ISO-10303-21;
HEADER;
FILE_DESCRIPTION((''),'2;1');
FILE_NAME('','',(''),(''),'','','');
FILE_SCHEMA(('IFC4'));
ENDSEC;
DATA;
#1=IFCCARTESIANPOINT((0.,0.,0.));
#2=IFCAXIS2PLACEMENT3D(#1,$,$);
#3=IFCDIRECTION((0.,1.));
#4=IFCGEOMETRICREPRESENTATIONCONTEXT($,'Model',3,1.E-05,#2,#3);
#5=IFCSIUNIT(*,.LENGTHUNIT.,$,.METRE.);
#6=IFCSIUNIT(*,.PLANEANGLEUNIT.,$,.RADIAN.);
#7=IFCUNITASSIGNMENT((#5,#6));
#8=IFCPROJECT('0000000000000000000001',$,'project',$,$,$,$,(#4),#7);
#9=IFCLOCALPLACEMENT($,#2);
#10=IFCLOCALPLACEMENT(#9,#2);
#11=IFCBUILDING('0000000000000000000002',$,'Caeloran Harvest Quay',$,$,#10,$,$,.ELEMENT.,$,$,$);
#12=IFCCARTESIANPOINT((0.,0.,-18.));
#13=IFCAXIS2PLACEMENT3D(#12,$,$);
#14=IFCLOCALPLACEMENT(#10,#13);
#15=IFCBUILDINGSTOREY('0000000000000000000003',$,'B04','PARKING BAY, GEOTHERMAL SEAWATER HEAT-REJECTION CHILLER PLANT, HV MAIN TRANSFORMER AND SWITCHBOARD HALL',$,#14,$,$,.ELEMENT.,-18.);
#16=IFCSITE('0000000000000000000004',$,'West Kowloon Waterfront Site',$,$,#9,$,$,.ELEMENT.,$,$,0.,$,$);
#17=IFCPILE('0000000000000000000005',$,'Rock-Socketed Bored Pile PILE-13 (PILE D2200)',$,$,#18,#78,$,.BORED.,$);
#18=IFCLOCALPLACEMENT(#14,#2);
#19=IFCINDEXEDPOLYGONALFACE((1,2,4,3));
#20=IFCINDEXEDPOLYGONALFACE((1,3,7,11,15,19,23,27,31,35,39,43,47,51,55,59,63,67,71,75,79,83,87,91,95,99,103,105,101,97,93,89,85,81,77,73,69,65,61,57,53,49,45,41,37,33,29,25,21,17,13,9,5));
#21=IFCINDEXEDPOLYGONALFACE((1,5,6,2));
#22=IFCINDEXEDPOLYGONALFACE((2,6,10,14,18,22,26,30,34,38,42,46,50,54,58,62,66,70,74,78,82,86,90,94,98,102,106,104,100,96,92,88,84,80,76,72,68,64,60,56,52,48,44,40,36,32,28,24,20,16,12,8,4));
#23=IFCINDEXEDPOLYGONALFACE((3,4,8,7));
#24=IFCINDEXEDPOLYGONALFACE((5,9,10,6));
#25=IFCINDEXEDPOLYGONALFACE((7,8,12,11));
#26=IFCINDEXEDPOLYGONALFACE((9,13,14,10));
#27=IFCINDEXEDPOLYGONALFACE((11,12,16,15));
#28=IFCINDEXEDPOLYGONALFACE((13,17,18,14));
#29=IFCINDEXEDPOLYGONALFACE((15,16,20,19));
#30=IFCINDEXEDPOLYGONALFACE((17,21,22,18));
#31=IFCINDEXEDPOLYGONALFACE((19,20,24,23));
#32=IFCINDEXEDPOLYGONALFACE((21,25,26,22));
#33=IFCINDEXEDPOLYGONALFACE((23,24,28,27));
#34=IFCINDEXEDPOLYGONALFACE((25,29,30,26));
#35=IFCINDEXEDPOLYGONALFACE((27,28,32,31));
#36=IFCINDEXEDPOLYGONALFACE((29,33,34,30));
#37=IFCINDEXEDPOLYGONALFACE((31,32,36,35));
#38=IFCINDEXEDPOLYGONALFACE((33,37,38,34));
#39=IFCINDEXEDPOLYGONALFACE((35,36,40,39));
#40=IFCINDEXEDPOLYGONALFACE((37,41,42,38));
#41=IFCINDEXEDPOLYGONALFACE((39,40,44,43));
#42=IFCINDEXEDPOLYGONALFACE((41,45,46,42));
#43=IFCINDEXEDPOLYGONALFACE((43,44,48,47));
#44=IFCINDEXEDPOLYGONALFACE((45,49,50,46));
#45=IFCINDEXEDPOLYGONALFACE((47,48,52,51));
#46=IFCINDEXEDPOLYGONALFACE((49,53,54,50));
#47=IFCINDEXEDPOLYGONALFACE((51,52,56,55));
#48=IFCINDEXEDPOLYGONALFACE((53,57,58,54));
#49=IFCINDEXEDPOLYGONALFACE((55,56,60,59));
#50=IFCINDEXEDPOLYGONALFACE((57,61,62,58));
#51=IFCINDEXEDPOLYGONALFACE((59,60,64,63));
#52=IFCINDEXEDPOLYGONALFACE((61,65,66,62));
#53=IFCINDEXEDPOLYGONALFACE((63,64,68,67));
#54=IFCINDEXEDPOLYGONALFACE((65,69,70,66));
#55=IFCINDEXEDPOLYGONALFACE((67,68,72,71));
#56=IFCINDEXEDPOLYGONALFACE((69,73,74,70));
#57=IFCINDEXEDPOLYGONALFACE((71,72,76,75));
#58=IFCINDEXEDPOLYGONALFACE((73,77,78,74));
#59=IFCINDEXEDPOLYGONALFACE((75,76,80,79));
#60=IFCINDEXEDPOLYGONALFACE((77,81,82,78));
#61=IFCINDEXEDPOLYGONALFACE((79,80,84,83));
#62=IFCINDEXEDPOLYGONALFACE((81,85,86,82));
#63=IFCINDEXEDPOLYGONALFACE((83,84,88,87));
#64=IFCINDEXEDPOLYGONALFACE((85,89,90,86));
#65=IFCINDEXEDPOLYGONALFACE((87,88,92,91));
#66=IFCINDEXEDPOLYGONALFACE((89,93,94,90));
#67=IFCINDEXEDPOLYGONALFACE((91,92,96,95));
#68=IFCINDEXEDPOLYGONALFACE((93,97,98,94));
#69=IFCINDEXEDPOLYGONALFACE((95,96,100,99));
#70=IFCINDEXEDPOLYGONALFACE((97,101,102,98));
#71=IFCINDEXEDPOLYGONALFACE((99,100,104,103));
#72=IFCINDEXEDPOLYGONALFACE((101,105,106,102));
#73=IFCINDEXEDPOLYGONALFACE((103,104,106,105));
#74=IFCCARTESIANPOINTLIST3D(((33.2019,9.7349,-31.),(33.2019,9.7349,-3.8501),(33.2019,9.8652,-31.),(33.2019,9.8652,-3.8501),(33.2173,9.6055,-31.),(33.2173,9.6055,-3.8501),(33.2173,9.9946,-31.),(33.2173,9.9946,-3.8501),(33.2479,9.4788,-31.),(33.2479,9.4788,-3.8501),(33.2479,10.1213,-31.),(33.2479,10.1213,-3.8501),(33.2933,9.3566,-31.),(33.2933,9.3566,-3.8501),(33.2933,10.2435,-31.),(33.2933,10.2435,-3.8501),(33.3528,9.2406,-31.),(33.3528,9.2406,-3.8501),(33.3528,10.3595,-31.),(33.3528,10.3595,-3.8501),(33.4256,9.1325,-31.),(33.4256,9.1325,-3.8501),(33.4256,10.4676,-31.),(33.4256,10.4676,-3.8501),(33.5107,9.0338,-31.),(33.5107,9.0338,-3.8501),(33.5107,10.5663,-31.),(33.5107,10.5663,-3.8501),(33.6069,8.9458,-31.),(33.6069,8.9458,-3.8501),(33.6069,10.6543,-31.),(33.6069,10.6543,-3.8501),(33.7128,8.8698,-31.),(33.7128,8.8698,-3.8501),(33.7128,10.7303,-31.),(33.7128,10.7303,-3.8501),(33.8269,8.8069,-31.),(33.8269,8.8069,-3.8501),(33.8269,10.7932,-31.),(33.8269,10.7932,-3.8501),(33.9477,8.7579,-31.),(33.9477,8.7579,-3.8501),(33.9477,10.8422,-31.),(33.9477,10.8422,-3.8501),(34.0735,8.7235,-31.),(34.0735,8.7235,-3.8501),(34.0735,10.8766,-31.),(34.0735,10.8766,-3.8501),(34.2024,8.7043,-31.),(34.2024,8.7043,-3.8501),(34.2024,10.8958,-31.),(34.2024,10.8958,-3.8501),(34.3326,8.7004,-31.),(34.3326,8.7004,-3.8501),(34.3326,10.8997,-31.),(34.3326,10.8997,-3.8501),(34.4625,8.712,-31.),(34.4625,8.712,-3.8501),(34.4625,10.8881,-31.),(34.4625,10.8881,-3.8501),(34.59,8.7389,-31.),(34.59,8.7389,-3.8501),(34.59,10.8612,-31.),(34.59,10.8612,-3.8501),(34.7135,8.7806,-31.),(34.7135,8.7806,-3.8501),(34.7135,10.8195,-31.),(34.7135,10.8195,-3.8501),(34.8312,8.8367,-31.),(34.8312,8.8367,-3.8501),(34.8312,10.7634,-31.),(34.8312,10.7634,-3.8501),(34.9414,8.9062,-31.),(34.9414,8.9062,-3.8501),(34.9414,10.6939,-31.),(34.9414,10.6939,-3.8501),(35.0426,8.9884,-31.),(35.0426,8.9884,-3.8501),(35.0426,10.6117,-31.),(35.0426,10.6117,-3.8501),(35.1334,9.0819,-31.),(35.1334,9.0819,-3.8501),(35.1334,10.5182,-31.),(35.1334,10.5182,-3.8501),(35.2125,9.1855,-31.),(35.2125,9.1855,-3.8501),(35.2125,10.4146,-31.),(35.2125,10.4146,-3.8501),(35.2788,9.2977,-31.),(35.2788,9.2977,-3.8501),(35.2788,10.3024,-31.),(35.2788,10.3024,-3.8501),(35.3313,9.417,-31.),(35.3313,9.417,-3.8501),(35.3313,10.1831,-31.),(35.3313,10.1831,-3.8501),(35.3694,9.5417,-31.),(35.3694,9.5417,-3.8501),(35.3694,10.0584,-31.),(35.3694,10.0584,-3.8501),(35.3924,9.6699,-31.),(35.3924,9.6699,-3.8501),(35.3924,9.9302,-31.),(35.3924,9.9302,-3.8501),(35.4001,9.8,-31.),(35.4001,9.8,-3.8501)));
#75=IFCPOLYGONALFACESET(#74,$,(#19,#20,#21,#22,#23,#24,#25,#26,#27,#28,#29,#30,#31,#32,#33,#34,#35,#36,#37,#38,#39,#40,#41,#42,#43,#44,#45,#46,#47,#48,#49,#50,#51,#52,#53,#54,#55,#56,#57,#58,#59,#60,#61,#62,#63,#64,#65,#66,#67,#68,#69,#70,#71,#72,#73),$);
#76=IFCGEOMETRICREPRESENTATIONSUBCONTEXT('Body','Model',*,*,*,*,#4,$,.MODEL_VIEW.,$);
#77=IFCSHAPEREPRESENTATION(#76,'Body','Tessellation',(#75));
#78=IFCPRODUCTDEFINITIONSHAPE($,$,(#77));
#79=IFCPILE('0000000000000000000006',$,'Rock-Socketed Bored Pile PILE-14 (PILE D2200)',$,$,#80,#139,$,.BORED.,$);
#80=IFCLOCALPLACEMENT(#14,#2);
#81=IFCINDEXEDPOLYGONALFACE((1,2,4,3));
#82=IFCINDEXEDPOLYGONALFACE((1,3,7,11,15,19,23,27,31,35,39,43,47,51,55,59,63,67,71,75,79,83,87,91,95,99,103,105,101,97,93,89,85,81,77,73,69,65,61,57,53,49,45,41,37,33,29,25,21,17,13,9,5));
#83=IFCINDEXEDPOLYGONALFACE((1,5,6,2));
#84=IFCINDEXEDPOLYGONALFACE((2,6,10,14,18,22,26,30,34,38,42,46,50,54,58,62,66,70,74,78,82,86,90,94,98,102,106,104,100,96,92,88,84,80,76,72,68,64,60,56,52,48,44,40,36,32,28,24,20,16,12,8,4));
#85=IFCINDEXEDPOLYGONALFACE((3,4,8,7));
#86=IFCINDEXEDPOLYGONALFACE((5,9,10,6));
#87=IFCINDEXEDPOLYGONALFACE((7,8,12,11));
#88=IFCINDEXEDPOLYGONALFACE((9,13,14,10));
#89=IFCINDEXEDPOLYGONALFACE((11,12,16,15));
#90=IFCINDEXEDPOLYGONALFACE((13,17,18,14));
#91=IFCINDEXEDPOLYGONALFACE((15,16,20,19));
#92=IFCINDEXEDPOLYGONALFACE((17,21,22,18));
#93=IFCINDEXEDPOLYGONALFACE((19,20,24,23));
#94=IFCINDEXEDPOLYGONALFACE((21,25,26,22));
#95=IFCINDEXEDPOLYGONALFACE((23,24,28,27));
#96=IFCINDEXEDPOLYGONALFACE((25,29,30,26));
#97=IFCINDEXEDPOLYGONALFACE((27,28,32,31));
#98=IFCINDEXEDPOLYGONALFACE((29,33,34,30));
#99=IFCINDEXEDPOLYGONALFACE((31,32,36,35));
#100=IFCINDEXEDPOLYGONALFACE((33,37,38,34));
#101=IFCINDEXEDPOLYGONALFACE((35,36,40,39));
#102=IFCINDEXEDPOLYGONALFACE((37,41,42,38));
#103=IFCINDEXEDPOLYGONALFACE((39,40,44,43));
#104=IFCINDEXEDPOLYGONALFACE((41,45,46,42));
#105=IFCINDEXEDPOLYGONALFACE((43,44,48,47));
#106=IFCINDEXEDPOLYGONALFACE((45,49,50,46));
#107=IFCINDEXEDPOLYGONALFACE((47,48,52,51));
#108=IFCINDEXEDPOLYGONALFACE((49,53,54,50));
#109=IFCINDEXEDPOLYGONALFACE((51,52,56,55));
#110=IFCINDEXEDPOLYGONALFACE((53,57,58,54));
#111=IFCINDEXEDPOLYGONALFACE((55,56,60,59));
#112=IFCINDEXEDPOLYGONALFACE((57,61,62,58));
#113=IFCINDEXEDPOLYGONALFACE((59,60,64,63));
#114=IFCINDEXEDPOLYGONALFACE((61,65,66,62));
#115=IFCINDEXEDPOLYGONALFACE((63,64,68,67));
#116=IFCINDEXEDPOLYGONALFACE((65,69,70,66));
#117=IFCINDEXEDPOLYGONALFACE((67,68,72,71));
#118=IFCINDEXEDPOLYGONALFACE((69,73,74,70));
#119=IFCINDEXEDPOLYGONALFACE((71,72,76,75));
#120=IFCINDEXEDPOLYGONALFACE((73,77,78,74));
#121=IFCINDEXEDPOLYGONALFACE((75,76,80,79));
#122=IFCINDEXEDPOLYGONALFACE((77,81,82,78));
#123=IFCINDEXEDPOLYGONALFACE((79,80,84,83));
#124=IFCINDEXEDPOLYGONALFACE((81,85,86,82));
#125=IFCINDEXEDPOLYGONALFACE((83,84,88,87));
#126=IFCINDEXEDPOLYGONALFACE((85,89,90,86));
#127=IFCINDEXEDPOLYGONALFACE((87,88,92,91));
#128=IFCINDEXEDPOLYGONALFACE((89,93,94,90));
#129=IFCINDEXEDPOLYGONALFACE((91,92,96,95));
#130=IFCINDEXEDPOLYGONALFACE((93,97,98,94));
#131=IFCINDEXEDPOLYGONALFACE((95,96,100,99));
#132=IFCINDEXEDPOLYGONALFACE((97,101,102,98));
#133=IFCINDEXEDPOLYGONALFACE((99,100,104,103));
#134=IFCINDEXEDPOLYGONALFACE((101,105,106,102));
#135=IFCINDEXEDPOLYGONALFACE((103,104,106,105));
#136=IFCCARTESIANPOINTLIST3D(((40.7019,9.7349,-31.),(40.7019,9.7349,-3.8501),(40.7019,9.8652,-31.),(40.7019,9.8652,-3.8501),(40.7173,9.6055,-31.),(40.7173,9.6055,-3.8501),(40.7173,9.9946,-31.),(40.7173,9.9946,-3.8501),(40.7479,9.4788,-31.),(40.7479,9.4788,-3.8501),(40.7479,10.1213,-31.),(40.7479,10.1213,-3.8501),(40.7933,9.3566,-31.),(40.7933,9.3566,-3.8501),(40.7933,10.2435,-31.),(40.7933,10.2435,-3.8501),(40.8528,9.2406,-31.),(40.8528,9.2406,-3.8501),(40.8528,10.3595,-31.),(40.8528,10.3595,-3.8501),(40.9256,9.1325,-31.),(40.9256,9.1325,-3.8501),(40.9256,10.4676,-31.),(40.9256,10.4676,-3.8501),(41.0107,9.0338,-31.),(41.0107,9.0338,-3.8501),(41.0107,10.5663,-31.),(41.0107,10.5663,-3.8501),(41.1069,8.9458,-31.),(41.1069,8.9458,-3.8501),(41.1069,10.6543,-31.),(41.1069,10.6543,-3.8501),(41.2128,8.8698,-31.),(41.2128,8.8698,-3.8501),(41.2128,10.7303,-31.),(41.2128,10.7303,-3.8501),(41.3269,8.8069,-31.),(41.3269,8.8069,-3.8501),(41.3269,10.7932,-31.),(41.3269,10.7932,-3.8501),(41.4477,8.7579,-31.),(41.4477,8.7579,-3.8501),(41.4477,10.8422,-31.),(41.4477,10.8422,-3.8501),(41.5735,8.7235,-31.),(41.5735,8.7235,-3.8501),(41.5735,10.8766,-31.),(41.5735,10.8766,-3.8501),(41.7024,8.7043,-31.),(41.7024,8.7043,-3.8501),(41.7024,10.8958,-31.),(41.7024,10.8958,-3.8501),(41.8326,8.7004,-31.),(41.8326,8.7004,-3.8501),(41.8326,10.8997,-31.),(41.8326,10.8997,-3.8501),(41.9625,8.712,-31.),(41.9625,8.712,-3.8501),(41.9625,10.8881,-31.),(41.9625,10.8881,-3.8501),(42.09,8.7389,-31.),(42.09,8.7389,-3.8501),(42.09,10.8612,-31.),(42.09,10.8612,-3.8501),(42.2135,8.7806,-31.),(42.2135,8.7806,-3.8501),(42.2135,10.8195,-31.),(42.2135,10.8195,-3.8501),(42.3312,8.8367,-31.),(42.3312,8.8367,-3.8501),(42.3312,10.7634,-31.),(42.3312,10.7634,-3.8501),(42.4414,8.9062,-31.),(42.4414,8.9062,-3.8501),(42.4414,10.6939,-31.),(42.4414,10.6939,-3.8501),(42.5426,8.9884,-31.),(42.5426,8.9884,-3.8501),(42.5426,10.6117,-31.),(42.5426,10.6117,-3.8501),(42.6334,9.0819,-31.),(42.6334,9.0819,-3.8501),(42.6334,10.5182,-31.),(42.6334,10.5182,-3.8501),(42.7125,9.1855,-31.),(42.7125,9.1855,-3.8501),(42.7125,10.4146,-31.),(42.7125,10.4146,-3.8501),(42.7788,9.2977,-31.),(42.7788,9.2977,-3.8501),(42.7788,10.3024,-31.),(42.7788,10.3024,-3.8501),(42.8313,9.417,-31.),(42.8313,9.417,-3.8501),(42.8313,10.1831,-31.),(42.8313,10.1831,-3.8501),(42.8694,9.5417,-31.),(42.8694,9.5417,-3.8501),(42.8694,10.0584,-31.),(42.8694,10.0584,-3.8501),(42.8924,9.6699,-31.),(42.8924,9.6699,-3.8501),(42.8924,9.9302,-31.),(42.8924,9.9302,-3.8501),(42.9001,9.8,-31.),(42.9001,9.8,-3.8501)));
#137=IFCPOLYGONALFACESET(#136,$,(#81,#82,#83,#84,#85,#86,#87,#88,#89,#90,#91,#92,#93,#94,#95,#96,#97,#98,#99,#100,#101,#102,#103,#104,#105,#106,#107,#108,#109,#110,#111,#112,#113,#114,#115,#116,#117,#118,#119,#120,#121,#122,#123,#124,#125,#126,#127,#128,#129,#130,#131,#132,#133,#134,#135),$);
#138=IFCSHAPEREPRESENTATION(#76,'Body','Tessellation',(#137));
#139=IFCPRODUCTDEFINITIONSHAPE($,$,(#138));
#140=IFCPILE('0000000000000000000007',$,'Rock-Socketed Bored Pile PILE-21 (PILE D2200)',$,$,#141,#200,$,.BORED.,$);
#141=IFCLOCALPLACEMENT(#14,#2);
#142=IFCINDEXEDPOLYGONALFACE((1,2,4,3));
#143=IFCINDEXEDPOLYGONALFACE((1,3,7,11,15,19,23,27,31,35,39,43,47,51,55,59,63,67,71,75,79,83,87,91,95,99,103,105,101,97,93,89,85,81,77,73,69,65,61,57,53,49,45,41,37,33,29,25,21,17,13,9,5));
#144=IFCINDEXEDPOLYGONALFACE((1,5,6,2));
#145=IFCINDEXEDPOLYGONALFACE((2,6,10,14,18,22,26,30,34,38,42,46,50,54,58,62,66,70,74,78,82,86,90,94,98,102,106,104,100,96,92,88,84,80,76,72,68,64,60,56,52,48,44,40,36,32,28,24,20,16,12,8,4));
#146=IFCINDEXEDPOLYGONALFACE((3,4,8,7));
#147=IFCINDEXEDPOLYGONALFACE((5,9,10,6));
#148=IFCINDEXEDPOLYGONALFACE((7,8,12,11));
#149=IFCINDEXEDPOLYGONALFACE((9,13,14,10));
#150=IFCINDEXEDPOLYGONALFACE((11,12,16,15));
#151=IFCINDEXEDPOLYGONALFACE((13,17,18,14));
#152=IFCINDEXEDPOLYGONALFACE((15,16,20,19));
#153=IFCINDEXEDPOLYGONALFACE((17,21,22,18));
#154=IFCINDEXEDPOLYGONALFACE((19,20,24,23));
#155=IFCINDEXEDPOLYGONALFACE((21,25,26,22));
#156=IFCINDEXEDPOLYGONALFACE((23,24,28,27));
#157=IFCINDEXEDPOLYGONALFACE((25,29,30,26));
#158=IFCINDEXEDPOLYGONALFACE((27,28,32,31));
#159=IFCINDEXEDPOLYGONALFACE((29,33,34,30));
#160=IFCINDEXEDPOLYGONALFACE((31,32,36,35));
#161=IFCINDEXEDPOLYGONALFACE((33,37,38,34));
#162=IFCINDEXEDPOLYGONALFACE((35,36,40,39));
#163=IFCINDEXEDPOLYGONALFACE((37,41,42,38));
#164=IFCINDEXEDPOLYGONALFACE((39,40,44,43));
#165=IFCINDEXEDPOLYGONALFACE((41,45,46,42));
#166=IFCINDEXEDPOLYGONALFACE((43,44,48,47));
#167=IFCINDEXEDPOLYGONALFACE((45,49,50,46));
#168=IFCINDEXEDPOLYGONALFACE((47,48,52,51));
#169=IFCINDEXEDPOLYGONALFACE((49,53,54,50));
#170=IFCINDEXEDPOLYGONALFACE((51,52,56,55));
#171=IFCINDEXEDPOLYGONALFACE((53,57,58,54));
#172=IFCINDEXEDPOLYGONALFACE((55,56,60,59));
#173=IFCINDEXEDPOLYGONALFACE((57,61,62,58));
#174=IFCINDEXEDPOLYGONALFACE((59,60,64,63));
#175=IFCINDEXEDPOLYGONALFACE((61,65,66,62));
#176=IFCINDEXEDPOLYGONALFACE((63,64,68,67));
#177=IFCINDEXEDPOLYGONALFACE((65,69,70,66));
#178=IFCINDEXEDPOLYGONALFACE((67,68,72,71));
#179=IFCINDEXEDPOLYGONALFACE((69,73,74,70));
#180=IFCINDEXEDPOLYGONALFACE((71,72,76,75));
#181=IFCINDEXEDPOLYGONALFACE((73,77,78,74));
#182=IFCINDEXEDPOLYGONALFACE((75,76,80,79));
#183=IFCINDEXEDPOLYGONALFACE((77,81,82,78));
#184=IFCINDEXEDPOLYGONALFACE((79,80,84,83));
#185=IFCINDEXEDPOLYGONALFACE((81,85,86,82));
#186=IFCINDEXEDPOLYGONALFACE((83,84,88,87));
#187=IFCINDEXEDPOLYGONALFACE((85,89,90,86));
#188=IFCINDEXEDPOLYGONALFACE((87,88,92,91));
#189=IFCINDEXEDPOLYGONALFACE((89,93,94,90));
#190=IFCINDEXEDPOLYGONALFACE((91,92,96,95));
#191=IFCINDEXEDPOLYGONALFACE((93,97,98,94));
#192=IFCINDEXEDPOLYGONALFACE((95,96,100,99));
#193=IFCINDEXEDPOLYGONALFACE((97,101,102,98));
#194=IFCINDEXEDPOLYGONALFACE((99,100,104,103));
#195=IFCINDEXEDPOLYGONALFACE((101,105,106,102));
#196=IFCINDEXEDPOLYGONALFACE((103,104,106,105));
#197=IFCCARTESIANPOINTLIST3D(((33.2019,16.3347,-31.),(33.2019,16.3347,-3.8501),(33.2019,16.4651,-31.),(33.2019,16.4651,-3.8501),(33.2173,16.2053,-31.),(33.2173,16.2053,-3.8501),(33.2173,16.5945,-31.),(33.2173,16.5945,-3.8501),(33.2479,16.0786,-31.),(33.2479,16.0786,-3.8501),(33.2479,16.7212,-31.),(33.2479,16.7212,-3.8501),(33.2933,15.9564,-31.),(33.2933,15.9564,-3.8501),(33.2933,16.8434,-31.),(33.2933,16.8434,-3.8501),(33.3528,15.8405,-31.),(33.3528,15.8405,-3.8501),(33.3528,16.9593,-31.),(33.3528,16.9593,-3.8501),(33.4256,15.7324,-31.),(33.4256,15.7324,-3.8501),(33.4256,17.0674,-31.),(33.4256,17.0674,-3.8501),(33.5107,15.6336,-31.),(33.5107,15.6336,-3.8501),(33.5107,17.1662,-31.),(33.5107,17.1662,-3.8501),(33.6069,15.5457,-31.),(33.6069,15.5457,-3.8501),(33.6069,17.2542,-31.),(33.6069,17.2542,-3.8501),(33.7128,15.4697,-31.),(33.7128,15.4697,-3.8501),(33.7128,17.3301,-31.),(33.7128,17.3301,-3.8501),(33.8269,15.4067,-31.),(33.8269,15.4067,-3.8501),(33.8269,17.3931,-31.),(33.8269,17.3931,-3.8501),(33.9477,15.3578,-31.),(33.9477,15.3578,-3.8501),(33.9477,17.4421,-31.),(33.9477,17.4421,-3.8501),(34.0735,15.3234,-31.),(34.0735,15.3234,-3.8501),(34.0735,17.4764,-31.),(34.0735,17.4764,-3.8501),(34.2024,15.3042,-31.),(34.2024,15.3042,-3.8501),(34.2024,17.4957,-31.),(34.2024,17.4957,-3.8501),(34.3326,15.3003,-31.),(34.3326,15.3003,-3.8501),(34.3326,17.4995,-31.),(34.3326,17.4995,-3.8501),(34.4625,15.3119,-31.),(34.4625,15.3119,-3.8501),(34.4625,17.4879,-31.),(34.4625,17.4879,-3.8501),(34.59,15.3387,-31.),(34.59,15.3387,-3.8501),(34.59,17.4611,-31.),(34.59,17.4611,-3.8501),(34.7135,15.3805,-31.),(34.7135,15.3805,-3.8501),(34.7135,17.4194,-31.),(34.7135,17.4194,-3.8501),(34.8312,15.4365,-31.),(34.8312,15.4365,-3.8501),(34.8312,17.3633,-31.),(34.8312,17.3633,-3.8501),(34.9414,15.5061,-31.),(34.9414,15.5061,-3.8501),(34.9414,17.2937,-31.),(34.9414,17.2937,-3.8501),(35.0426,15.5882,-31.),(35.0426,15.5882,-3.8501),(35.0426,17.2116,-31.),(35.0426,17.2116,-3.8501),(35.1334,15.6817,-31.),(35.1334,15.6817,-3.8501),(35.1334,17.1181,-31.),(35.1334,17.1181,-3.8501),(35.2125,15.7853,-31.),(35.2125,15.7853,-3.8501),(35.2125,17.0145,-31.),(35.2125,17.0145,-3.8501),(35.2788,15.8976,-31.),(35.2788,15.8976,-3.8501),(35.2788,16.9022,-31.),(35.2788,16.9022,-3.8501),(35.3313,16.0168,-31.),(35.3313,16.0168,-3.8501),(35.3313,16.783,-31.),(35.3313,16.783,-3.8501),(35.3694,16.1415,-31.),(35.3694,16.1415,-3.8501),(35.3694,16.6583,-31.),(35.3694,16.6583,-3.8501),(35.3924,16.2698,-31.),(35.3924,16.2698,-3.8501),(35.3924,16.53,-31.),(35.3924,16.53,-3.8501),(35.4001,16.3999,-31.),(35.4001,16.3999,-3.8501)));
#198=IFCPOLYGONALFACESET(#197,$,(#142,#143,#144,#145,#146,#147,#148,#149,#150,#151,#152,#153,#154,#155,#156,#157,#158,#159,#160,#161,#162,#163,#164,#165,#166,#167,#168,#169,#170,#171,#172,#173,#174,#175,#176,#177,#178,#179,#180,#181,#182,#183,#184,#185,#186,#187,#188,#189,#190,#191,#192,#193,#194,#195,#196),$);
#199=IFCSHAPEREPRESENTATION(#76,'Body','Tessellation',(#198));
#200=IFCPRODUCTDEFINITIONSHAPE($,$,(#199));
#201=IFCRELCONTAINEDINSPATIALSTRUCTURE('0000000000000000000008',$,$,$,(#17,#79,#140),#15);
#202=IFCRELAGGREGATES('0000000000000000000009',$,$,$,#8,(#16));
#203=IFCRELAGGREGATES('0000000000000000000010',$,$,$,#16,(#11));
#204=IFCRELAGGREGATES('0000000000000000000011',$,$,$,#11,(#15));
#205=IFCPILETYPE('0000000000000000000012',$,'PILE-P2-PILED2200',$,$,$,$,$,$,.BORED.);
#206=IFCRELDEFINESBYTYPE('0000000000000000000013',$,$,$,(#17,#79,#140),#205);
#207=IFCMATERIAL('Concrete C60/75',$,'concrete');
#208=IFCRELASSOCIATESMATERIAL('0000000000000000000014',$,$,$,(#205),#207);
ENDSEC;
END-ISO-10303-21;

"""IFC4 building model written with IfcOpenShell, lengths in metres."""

from ifc_helpers import new_model, si_unit, direction, frame, origin, origin_2d, place, context, subcontext, project, spatial, circle, extrude, material, material_profile, profile_set, type_object, element, save


model = new_model("IFC4")

# Units and contexts
model_context = context("Model", 3, precision=1e-05, world=origin(), true_north=direction((0.0, 1.0)))
body_context = subcontext(model_context, "Body", "Model", "MODEL_VIEW")
ifc_project = project(units=[si_unit("LENGTHUNIT", "METRE"), si_unit("PLANEANGLEUNIT", "RADIAN")], contexts=[model_context])

# Site, building, storey
site_placement = place(None, origin())
site = spatial("IfcSite", under=ifc_project, at=site_placement, Name="West Kowloon Waterfront Site", CompositionType="ELEMENT", RefElevation=0.0)
building_placement = place(site_placement, origin())
building = spatial("IfcBuilding", under=site, at=building_placement, Name="Caeloran Harvest Quay", CompositionType="ELEMENT")
storey_placement = place(building_placement, frame((0.0, 0.0, -18.0)))
storey = spatial("IfcBuildingStorey", under=building, at=storey_placement, Name="B04", Description="PARKING BAY, GEOTHERMAL SEAWATER HEAT-REJECTION CHILLER PLANT, HV MAIN TRANSFORMER AND SWITCHBOARD HALL", CompositionType="ELEMENT", Elevation=-18.0)

# Piles
ifc_material_1 = material(Name="Concrete C60/75", Category="concrete")
ifc_material_profile_1 = material_profile(ifc_material_1, circle(Radius=1.1001, at=origin_2d()), Name="PILE D2200")
ifc_profile_set_1 = profile_set([ifc_material_profile_1], Name="Concrete C60/75")
pile_type_1 = type_object("IfcPileType", Name="PILE-P2-PILED2200", PredefinedType="BORED", material=ifc_profile_set_1)
for number, where, z_axis, x_axis, name in (
    (1, (34.3, 9.8, -3.8501), (0.0, 0.0, -1.0), (1.0, 0.0, 0.0), "Rock-Socketed Bored Pile PILE-13 (PILE D2200)"),
    (2, (41.8, 9.8, -3.8501), (0.0, 0.0, -1.0), (1.0, 0.0, 0.0), "Rock-Socketed Bored Pile PILE-14 (PILE D2200)"),
    (3, (34.3, 16.3999, -3.8501), (0.0, 0.0, -1.0), (1.0, 0.0, 0.0), "Rock-Socketed Bored Pile PILE-21 (PILE D2200)"),
):
    element("IfcPile", number, at=place(storey_placement, frame(where, z_axis=z_axis, x_axis=x_axis)), inside=storey, type_object=pile_type_1, Name=name, PredefinedType="BORED", context=body_context, shape_type="SweptSolid", body=[
        extrude(circle(Radius=1.1001, at=origin_2d()), origin(), (0.0, 0.0, 1.0), 27.1499),
    ])

save(model, "model.ifc")
